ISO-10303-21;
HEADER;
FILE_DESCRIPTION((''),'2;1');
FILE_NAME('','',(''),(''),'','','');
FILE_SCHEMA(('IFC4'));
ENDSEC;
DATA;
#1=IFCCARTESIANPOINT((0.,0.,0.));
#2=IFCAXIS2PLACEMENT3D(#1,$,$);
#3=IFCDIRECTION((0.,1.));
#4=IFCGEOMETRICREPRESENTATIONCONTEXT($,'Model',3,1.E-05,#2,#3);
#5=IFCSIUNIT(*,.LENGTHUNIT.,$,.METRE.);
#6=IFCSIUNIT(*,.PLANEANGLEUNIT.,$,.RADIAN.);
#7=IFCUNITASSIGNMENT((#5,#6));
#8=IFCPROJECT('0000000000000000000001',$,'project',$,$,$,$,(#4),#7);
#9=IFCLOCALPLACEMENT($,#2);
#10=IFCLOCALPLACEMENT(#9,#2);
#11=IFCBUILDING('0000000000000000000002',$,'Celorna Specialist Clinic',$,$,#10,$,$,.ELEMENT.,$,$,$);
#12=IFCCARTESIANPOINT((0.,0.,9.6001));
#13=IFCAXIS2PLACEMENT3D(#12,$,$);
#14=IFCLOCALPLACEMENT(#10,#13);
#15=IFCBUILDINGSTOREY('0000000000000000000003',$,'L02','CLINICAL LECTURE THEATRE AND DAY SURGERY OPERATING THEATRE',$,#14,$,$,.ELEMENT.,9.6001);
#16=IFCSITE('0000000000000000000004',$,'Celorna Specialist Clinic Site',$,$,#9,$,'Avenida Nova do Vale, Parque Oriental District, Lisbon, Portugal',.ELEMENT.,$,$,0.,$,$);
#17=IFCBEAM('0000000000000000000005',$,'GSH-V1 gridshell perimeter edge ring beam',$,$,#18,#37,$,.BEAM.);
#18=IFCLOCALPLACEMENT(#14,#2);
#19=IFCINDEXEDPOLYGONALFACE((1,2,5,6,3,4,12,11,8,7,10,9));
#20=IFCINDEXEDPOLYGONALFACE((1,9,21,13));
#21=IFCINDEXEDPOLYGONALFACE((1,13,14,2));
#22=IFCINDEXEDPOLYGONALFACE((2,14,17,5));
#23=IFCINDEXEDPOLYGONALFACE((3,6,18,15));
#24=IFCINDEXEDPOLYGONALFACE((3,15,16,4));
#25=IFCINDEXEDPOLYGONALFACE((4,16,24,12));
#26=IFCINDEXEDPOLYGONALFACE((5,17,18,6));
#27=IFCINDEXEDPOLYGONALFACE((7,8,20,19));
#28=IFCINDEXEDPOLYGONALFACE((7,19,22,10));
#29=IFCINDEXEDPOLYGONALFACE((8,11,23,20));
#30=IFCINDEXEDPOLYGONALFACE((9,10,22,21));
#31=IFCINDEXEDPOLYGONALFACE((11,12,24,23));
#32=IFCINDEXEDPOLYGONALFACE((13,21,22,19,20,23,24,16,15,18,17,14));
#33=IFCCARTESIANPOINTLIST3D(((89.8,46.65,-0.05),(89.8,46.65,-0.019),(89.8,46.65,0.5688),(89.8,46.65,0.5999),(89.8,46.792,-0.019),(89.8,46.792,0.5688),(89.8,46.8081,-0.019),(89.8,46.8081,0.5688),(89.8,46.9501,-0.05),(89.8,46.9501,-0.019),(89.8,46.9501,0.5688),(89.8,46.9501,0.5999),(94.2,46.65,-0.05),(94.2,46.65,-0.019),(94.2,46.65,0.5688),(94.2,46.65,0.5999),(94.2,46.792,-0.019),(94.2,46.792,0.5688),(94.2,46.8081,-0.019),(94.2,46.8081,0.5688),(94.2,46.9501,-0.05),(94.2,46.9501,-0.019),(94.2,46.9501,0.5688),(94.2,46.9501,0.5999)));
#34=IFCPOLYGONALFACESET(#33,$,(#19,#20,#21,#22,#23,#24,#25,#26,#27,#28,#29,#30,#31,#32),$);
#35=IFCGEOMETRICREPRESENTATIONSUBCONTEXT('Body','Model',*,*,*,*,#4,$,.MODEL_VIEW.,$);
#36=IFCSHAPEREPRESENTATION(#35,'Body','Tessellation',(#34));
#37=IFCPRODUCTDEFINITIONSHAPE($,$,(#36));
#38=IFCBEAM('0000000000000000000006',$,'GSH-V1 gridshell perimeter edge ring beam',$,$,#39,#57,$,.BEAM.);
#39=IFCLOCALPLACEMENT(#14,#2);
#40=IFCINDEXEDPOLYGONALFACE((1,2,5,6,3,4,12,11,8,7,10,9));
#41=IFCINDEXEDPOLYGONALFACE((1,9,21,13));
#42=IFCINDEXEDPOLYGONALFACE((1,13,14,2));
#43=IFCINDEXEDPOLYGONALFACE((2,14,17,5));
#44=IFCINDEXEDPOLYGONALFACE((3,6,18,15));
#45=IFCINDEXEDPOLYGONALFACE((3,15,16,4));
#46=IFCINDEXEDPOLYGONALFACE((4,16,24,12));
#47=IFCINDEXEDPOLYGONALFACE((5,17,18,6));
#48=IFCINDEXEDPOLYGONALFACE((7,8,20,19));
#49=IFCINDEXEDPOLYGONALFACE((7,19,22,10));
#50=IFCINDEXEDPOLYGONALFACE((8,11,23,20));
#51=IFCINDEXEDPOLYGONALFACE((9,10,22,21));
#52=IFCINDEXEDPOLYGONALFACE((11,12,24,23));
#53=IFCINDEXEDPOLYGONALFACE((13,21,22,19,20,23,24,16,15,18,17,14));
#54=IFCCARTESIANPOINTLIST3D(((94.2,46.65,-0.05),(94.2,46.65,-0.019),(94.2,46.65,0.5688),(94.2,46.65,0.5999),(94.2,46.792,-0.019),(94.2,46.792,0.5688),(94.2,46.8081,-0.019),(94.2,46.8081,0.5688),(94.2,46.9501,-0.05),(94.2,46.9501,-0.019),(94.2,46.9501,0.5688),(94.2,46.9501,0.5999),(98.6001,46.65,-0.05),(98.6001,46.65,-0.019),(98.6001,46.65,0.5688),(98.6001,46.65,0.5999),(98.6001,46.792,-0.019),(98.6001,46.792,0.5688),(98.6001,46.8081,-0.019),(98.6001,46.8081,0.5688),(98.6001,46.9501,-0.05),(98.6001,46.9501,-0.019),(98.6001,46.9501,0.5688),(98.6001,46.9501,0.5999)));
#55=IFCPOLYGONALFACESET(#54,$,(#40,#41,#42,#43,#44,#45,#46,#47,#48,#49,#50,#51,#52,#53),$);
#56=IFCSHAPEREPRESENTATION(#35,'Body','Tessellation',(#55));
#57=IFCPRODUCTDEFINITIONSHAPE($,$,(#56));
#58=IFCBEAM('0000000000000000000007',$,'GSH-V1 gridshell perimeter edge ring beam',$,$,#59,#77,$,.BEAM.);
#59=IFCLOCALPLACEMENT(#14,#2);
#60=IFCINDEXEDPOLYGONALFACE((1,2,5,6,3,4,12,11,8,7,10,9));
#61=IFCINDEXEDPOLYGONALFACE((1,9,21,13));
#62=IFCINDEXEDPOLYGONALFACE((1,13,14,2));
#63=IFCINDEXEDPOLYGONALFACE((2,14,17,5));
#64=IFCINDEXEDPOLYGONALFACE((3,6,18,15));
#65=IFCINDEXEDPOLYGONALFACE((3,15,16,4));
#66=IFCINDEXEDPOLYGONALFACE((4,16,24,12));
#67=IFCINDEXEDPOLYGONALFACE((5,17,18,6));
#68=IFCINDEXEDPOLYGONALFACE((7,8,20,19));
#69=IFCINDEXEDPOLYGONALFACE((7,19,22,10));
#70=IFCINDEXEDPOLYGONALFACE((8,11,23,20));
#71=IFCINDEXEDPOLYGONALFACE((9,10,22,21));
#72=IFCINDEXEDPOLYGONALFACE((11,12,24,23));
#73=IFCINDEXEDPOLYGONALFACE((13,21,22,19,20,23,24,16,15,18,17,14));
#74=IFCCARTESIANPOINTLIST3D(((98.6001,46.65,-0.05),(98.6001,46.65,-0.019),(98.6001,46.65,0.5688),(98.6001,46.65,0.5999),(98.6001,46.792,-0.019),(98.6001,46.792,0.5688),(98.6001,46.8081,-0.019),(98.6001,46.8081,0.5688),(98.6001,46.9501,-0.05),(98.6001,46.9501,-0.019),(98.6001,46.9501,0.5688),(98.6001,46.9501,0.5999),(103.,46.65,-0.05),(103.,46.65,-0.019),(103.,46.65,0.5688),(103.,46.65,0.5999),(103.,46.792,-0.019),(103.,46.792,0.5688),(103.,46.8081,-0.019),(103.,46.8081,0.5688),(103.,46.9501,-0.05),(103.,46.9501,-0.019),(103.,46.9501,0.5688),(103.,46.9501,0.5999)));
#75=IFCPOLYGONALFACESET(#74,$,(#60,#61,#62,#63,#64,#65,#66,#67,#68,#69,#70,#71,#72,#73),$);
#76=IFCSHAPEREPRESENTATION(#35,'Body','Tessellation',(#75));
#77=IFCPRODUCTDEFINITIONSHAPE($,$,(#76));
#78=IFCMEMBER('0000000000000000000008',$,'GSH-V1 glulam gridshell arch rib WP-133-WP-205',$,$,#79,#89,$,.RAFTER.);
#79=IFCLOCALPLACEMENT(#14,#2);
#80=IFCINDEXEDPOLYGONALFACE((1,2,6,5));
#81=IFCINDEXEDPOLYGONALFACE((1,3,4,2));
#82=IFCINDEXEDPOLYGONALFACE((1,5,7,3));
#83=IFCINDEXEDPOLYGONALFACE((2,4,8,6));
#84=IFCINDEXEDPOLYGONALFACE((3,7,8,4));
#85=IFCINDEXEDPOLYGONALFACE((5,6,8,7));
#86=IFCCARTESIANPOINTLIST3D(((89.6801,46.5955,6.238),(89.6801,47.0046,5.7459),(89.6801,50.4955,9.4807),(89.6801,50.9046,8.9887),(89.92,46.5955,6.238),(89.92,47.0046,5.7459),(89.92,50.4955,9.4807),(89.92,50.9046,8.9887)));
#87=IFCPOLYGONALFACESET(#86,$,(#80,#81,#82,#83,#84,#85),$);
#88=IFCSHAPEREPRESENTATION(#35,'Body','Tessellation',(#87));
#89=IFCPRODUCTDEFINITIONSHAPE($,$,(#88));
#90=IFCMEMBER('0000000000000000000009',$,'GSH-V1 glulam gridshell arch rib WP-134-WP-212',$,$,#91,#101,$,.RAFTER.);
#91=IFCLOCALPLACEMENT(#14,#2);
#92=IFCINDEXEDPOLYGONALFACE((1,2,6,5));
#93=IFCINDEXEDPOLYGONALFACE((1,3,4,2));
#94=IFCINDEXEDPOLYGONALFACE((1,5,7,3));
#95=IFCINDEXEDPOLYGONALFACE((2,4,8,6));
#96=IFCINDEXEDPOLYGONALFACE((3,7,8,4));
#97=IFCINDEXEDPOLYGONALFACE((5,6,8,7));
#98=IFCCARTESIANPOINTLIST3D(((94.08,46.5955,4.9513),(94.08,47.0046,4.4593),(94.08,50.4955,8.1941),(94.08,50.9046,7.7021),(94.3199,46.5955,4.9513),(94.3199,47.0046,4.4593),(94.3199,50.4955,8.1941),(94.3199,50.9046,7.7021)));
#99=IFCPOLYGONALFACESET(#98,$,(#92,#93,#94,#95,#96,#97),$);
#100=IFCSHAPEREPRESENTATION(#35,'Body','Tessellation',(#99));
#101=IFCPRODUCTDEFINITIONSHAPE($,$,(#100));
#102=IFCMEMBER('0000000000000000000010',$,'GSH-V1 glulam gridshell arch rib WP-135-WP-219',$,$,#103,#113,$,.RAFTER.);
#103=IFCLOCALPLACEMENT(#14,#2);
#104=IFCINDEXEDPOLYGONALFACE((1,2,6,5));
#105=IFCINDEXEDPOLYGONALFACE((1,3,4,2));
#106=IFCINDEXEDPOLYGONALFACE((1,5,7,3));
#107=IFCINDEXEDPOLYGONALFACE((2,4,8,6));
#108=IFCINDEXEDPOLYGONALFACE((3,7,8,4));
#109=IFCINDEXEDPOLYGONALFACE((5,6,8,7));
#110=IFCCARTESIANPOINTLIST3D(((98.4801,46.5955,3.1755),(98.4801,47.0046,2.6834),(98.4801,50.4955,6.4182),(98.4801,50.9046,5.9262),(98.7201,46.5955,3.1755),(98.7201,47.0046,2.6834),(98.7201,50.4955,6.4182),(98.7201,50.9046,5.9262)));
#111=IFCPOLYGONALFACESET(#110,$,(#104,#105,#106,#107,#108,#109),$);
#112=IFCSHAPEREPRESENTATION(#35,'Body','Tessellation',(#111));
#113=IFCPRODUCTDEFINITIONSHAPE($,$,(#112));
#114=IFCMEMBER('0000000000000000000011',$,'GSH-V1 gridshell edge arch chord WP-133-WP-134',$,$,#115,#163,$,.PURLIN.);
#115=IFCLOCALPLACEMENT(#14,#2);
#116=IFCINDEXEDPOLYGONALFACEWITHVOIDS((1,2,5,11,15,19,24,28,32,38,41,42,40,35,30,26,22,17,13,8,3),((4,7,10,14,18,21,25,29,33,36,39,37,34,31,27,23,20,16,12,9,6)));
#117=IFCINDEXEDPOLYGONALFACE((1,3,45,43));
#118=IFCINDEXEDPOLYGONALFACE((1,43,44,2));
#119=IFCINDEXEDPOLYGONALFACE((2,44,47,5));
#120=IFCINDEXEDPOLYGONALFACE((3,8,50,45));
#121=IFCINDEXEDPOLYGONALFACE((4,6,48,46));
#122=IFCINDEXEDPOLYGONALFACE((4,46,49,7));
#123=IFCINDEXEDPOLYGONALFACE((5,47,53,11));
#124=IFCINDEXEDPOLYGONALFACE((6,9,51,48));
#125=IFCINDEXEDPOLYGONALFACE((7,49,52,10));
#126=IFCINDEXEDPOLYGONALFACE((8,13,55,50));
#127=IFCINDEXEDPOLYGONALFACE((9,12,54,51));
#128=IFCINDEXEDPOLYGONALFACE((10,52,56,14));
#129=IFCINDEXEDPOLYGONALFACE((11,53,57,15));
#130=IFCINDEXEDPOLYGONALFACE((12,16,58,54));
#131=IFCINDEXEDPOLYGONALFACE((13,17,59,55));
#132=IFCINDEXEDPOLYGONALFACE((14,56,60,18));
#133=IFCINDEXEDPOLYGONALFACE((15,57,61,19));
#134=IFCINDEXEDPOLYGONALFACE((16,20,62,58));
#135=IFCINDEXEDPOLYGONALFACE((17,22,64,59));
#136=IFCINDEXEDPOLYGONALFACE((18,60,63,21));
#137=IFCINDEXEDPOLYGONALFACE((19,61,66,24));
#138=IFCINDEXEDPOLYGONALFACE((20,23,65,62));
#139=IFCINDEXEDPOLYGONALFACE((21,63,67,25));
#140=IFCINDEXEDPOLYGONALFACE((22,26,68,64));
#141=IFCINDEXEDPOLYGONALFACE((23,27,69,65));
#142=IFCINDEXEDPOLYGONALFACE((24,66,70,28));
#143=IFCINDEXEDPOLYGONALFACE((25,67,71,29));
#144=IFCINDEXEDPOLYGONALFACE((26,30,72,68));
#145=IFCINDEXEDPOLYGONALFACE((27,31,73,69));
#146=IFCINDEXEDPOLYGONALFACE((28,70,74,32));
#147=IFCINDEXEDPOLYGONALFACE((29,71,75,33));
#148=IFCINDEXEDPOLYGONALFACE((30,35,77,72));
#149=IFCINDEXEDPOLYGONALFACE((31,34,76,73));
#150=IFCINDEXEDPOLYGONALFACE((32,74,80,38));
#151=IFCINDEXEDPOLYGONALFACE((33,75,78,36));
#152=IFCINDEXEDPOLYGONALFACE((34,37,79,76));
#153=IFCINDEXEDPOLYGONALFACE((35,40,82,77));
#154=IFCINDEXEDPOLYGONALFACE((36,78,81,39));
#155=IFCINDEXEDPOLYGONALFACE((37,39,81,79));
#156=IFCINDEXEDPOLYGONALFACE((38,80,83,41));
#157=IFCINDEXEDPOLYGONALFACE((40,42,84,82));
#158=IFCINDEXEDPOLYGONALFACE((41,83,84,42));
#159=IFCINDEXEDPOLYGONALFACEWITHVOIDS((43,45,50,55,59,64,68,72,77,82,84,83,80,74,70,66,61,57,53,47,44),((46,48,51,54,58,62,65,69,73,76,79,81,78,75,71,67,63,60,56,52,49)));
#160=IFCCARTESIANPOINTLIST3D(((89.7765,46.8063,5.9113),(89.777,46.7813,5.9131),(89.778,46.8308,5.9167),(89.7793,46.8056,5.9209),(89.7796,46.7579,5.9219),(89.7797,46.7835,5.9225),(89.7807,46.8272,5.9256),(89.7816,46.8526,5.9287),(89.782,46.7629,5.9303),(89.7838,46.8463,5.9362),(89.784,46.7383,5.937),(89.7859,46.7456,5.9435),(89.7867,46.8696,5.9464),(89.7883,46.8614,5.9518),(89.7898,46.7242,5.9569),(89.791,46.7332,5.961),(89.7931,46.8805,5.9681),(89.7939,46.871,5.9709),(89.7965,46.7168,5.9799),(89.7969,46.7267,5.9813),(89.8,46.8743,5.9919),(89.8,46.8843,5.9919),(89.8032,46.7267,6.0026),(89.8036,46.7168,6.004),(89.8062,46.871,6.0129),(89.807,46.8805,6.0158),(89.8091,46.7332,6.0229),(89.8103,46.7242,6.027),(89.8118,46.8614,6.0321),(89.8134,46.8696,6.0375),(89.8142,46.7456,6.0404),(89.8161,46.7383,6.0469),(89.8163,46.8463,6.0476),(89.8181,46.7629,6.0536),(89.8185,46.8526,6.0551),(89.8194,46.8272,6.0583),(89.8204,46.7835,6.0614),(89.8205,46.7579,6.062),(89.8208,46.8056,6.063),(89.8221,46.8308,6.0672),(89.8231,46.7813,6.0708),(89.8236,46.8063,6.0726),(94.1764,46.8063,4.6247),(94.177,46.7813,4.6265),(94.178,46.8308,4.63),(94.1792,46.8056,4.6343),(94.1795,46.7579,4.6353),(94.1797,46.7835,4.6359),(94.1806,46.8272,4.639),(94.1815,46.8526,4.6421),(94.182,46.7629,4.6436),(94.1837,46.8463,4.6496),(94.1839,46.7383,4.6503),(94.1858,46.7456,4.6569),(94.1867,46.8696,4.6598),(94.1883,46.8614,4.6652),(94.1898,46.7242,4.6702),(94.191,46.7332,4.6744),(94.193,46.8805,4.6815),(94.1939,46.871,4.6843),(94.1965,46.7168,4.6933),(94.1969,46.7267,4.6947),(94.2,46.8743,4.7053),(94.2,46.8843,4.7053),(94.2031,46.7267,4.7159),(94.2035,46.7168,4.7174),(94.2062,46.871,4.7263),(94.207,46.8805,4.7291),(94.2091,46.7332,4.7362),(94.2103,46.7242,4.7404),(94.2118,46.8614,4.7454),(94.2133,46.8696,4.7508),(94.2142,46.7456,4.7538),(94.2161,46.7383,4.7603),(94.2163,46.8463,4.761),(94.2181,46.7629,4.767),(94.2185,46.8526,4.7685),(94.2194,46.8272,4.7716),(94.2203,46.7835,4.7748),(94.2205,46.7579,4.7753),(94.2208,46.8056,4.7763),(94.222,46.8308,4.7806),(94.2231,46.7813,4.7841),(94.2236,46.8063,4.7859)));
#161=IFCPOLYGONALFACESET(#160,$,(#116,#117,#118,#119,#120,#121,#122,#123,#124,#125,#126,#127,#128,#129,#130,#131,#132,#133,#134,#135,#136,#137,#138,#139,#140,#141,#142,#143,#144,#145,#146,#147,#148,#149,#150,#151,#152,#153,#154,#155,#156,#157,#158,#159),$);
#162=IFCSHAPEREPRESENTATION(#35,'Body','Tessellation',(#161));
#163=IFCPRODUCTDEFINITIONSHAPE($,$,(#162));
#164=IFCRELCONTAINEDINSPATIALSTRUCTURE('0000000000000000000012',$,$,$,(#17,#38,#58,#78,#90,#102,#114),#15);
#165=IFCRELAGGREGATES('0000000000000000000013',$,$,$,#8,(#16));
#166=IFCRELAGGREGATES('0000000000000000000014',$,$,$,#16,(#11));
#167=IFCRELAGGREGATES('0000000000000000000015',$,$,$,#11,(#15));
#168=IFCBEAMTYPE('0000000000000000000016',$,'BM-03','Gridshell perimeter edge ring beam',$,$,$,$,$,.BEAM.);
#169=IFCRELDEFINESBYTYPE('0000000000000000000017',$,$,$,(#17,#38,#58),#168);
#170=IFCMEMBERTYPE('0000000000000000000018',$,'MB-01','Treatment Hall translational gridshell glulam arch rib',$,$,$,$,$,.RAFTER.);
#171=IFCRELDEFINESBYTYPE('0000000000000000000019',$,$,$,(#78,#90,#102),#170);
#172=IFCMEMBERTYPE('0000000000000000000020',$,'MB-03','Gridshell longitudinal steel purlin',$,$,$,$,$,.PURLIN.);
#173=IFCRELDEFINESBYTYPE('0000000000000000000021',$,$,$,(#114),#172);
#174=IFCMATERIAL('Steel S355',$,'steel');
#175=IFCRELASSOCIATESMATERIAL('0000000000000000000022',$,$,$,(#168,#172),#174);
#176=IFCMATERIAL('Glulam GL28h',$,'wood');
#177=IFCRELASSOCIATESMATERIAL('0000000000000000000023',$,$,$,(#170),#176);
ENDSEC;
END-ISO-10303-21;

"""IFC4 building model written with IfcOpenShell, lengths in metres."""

from ifc_helpers import new_model, si_unit, direction, frame, origin, origin_2d, place, context, subcontext, project, spatial, rectangle, hollow_circle, i_section, extrude, material, material_profile, profile_set, type_object, element, save


model = new_model("IFC4")

# Units and contexts
model_context = context("Model", 3, precision=1e-05, world=origin(), true_north=direction((0.0, 1.0)))
body_context = subcontext(model_context, "Body", "Model", "MODEL_VIEW")
ifc_project = project(units=[si_unit("LENGTHUNIT", "METRE"), si_unit("PLANEANGLEUNIT", "RADIAN")], contexts=[model_context])

# Site, building, storey
site_placement = place(None, origin())
site = spatial("IfcSite", under=ifc_project, at=site_placement, Name="Celorna Specialist Clinic Site", LongName="Avenida Nova do Vale, Parque Oriental District, Lisbon, Portugal", CompositionType="ELEMENT", RefElevation=0.0)
building_placement = place(site_placement, origin())
building = spatial("IfcBuilding", under=site, at=building_placement, Name="Celorna Specialist Clinic", CompositionType="ELEMENT")
storey_placement = place(building_placement, frame((0.0, 0.0, 9.6001)))
storey = spatial("IfcBuildingStorey", under=building, at=storey_placement, Name="L02", Description="CLINICAL LECTURE THEATRE AND DAY SURGERY OPERATING THEATRE", CompositionType="ELEMENT", Elevation=9.6001)

# Shared definitions
ifc_material_1 = material(Name="Steel S355", Category="steel")

# Beams
ifc_material_profile_1 = material_profile(ifc_material_1, i_section(OverallWidth=0.3, OverallDepth=0.6499, WebThickness=0.0161, FlangeThickness=0.031, at=origin_2d()), Name="HE 650 B")
ifc_profile_set_1 = profile_set([ifc_material_profile_1], Name="Steel S355")
beam_type = type_object("IfcBeamType", Name="BM-03", Description="Gridshell perimeter edge ring beam", PredefinedType="BEAM", material=ifc_profile_set_1)
beam_1_placement = place(storey_placement, frame((89.8, 46.8, 0.2749), z_axis=(1.0, 0.0, 0.0), x_axis=(0.0, 1.0, 0.0)))
element("IfcBeam", 1, at=beam_1_placement, inside=storey, type_object=beam_type, Name="GSH-V1 gridshell perimeter edge ring beam", PredefinedType="BEAM", context=body_context, shape_type="SweptSolid", body=[
    extrude(i_section(OverallWidth=0.3, OverallDepth=0.6499, WebThickness=0.0161, FlangeThickness=0.031, at=origin_2d()), origin(), (0.0, 0.0, 1.0), 4.3999),
])
beam_2_placement = place(storey_placement, frame((94.2, 46.8, 0.2749), z_axis=(1.0, 0.0, 0.0), x_axis=(0.0, 1.0, 0.0)))
element("IfcBeam", 2, at=beam_2_placement, inside=storey, type_object=beam_type, Name="GSH-V1 gridshell perimeter edge ring beam", PredefinedType="BEAM", context=body_context, shape_type="SweptSolid", body=[
    extrude(i_section(OverallWidth=0.3, OverallDepth=0.6499, WebThickness=0.0161, FlangeThickness=0.031, at=origin_2d()), origin(), (0.0, 0.0, 1.0), 4.4001),
])
beam_3_placement = place(storey_placement, frame((98.6001, 46.8, 0.2749), z_axis=(1.0, 0.0, 0.0), x_axis=(0.0, 1.0, 0.0)))
element("IfcBeam", 3, at=beam_3_placement, inside=storey, type_object=beam_type, Name="GSH-V1 gridshell perimeter edge ring beam", PredefinedType="BEAM", context=body_context, shape_type="SweptSolid", body=[
    extrude(i_section(OverallWidth=0.3, OverallDepth=0.6499, WebThickness=0.0161, FlangeThickness=0.031, at=origin_2d()), origin(), (0.0, 0.0, 1.0), 4.3999),
])

# Members
ifc_material_2 = material(Name="Glulam GL28h", Category="wood")
ifc_material_profile_2 = material_profile(ifc_material_2, rectangle(XDim=0.24, YDim=0.6399, at=origin_2d()), Name="GL28h 240x640")
ifc_profile_set_2 = profile_set([ifc_material_profile_2], Name="Glulam GL28h")
member_type_1 = type_object("IfcMemberType", Name="MB-01", Description="Treatment Hall translational gridshell glulam arch rib", PredefinedType="RAFTER", material=ifc_profile_set_2)
for number, where, z_axis, x_axis, name in (
    (4, (89.8, 46.8, 5.9919), (0.0, 0.768923, 0.639341), (-1.0, 0.0, 0.0), "GSH-V1 glulam gridshell arch rib WP-133-WP-205"),
    (5, (94.2, 46.8, 4.7053), (0.0, 0.768923, 0.639341), (-1.0, 0.0, 0.0), "GSH-V1 glulam gridshell arch rib WP-134-WP-212"),
    (6, (98.6001, 46.8, 2.9294), (0.0, 0.768923, 0.639341), (-1.0, 0.0, 0.0), "GSH-V1 glulam gridshell arch rib WP-135-WP-219"),
):
    element("IfcMember", number, at=place(storey_placement, frame(where, z_axis=z_axis, x_axis=x_axis)), inside=storey, type_object=member_type_1, Name=name, PredefinedType="RAFTER", context=body_context, shape_type="SweptSolid", body=[
        extrude(rectangle(XDim=0.24, YDim=0.6399, at=origin_2d()), origin(), (0.0, 0.0, 1.0), 5.072),
    ])
ifc_material_profile_3 = material_profile(ifc_material_1, hollow_circle(Radius=0.0842, WallThickness=0.01, at=origin_2d()), Name="CHS 168.3x10")
ifc_profile_set_3 = profile_set([ifc_material_profile_3], Name="Steel S355")
member_type_2 = type_object("IfcMemberType", Name="MB-03", Description="Gridshell longitudinal steel purlin", PredefinedType="PURLIN", material=ifc_profile_set_3)
member_1_placement = place(storey_placement, frame((89.8, 46.8, 5.9919), z_axis=(0.959805, 0.0, -0.280667), x_axis=(0.0, 1.0, 0.0)))
element("IfcMember", 7, at=member_1_placement, inside=storey, type_object=member_type_2, Name="GSH-V1 gridshell edge arch chord WP-133-WP-134", PredefinedType="PURLIN", context=body_context, shape_type="SweptSolid", body=[
    extrude(hollow_circle(Radius=0.0842, WallThickness=0.01, at=origin_2d()), origin(), (0.0, 0.0, 1.0), 4.5842),
])

save(model, "model.ifc")
